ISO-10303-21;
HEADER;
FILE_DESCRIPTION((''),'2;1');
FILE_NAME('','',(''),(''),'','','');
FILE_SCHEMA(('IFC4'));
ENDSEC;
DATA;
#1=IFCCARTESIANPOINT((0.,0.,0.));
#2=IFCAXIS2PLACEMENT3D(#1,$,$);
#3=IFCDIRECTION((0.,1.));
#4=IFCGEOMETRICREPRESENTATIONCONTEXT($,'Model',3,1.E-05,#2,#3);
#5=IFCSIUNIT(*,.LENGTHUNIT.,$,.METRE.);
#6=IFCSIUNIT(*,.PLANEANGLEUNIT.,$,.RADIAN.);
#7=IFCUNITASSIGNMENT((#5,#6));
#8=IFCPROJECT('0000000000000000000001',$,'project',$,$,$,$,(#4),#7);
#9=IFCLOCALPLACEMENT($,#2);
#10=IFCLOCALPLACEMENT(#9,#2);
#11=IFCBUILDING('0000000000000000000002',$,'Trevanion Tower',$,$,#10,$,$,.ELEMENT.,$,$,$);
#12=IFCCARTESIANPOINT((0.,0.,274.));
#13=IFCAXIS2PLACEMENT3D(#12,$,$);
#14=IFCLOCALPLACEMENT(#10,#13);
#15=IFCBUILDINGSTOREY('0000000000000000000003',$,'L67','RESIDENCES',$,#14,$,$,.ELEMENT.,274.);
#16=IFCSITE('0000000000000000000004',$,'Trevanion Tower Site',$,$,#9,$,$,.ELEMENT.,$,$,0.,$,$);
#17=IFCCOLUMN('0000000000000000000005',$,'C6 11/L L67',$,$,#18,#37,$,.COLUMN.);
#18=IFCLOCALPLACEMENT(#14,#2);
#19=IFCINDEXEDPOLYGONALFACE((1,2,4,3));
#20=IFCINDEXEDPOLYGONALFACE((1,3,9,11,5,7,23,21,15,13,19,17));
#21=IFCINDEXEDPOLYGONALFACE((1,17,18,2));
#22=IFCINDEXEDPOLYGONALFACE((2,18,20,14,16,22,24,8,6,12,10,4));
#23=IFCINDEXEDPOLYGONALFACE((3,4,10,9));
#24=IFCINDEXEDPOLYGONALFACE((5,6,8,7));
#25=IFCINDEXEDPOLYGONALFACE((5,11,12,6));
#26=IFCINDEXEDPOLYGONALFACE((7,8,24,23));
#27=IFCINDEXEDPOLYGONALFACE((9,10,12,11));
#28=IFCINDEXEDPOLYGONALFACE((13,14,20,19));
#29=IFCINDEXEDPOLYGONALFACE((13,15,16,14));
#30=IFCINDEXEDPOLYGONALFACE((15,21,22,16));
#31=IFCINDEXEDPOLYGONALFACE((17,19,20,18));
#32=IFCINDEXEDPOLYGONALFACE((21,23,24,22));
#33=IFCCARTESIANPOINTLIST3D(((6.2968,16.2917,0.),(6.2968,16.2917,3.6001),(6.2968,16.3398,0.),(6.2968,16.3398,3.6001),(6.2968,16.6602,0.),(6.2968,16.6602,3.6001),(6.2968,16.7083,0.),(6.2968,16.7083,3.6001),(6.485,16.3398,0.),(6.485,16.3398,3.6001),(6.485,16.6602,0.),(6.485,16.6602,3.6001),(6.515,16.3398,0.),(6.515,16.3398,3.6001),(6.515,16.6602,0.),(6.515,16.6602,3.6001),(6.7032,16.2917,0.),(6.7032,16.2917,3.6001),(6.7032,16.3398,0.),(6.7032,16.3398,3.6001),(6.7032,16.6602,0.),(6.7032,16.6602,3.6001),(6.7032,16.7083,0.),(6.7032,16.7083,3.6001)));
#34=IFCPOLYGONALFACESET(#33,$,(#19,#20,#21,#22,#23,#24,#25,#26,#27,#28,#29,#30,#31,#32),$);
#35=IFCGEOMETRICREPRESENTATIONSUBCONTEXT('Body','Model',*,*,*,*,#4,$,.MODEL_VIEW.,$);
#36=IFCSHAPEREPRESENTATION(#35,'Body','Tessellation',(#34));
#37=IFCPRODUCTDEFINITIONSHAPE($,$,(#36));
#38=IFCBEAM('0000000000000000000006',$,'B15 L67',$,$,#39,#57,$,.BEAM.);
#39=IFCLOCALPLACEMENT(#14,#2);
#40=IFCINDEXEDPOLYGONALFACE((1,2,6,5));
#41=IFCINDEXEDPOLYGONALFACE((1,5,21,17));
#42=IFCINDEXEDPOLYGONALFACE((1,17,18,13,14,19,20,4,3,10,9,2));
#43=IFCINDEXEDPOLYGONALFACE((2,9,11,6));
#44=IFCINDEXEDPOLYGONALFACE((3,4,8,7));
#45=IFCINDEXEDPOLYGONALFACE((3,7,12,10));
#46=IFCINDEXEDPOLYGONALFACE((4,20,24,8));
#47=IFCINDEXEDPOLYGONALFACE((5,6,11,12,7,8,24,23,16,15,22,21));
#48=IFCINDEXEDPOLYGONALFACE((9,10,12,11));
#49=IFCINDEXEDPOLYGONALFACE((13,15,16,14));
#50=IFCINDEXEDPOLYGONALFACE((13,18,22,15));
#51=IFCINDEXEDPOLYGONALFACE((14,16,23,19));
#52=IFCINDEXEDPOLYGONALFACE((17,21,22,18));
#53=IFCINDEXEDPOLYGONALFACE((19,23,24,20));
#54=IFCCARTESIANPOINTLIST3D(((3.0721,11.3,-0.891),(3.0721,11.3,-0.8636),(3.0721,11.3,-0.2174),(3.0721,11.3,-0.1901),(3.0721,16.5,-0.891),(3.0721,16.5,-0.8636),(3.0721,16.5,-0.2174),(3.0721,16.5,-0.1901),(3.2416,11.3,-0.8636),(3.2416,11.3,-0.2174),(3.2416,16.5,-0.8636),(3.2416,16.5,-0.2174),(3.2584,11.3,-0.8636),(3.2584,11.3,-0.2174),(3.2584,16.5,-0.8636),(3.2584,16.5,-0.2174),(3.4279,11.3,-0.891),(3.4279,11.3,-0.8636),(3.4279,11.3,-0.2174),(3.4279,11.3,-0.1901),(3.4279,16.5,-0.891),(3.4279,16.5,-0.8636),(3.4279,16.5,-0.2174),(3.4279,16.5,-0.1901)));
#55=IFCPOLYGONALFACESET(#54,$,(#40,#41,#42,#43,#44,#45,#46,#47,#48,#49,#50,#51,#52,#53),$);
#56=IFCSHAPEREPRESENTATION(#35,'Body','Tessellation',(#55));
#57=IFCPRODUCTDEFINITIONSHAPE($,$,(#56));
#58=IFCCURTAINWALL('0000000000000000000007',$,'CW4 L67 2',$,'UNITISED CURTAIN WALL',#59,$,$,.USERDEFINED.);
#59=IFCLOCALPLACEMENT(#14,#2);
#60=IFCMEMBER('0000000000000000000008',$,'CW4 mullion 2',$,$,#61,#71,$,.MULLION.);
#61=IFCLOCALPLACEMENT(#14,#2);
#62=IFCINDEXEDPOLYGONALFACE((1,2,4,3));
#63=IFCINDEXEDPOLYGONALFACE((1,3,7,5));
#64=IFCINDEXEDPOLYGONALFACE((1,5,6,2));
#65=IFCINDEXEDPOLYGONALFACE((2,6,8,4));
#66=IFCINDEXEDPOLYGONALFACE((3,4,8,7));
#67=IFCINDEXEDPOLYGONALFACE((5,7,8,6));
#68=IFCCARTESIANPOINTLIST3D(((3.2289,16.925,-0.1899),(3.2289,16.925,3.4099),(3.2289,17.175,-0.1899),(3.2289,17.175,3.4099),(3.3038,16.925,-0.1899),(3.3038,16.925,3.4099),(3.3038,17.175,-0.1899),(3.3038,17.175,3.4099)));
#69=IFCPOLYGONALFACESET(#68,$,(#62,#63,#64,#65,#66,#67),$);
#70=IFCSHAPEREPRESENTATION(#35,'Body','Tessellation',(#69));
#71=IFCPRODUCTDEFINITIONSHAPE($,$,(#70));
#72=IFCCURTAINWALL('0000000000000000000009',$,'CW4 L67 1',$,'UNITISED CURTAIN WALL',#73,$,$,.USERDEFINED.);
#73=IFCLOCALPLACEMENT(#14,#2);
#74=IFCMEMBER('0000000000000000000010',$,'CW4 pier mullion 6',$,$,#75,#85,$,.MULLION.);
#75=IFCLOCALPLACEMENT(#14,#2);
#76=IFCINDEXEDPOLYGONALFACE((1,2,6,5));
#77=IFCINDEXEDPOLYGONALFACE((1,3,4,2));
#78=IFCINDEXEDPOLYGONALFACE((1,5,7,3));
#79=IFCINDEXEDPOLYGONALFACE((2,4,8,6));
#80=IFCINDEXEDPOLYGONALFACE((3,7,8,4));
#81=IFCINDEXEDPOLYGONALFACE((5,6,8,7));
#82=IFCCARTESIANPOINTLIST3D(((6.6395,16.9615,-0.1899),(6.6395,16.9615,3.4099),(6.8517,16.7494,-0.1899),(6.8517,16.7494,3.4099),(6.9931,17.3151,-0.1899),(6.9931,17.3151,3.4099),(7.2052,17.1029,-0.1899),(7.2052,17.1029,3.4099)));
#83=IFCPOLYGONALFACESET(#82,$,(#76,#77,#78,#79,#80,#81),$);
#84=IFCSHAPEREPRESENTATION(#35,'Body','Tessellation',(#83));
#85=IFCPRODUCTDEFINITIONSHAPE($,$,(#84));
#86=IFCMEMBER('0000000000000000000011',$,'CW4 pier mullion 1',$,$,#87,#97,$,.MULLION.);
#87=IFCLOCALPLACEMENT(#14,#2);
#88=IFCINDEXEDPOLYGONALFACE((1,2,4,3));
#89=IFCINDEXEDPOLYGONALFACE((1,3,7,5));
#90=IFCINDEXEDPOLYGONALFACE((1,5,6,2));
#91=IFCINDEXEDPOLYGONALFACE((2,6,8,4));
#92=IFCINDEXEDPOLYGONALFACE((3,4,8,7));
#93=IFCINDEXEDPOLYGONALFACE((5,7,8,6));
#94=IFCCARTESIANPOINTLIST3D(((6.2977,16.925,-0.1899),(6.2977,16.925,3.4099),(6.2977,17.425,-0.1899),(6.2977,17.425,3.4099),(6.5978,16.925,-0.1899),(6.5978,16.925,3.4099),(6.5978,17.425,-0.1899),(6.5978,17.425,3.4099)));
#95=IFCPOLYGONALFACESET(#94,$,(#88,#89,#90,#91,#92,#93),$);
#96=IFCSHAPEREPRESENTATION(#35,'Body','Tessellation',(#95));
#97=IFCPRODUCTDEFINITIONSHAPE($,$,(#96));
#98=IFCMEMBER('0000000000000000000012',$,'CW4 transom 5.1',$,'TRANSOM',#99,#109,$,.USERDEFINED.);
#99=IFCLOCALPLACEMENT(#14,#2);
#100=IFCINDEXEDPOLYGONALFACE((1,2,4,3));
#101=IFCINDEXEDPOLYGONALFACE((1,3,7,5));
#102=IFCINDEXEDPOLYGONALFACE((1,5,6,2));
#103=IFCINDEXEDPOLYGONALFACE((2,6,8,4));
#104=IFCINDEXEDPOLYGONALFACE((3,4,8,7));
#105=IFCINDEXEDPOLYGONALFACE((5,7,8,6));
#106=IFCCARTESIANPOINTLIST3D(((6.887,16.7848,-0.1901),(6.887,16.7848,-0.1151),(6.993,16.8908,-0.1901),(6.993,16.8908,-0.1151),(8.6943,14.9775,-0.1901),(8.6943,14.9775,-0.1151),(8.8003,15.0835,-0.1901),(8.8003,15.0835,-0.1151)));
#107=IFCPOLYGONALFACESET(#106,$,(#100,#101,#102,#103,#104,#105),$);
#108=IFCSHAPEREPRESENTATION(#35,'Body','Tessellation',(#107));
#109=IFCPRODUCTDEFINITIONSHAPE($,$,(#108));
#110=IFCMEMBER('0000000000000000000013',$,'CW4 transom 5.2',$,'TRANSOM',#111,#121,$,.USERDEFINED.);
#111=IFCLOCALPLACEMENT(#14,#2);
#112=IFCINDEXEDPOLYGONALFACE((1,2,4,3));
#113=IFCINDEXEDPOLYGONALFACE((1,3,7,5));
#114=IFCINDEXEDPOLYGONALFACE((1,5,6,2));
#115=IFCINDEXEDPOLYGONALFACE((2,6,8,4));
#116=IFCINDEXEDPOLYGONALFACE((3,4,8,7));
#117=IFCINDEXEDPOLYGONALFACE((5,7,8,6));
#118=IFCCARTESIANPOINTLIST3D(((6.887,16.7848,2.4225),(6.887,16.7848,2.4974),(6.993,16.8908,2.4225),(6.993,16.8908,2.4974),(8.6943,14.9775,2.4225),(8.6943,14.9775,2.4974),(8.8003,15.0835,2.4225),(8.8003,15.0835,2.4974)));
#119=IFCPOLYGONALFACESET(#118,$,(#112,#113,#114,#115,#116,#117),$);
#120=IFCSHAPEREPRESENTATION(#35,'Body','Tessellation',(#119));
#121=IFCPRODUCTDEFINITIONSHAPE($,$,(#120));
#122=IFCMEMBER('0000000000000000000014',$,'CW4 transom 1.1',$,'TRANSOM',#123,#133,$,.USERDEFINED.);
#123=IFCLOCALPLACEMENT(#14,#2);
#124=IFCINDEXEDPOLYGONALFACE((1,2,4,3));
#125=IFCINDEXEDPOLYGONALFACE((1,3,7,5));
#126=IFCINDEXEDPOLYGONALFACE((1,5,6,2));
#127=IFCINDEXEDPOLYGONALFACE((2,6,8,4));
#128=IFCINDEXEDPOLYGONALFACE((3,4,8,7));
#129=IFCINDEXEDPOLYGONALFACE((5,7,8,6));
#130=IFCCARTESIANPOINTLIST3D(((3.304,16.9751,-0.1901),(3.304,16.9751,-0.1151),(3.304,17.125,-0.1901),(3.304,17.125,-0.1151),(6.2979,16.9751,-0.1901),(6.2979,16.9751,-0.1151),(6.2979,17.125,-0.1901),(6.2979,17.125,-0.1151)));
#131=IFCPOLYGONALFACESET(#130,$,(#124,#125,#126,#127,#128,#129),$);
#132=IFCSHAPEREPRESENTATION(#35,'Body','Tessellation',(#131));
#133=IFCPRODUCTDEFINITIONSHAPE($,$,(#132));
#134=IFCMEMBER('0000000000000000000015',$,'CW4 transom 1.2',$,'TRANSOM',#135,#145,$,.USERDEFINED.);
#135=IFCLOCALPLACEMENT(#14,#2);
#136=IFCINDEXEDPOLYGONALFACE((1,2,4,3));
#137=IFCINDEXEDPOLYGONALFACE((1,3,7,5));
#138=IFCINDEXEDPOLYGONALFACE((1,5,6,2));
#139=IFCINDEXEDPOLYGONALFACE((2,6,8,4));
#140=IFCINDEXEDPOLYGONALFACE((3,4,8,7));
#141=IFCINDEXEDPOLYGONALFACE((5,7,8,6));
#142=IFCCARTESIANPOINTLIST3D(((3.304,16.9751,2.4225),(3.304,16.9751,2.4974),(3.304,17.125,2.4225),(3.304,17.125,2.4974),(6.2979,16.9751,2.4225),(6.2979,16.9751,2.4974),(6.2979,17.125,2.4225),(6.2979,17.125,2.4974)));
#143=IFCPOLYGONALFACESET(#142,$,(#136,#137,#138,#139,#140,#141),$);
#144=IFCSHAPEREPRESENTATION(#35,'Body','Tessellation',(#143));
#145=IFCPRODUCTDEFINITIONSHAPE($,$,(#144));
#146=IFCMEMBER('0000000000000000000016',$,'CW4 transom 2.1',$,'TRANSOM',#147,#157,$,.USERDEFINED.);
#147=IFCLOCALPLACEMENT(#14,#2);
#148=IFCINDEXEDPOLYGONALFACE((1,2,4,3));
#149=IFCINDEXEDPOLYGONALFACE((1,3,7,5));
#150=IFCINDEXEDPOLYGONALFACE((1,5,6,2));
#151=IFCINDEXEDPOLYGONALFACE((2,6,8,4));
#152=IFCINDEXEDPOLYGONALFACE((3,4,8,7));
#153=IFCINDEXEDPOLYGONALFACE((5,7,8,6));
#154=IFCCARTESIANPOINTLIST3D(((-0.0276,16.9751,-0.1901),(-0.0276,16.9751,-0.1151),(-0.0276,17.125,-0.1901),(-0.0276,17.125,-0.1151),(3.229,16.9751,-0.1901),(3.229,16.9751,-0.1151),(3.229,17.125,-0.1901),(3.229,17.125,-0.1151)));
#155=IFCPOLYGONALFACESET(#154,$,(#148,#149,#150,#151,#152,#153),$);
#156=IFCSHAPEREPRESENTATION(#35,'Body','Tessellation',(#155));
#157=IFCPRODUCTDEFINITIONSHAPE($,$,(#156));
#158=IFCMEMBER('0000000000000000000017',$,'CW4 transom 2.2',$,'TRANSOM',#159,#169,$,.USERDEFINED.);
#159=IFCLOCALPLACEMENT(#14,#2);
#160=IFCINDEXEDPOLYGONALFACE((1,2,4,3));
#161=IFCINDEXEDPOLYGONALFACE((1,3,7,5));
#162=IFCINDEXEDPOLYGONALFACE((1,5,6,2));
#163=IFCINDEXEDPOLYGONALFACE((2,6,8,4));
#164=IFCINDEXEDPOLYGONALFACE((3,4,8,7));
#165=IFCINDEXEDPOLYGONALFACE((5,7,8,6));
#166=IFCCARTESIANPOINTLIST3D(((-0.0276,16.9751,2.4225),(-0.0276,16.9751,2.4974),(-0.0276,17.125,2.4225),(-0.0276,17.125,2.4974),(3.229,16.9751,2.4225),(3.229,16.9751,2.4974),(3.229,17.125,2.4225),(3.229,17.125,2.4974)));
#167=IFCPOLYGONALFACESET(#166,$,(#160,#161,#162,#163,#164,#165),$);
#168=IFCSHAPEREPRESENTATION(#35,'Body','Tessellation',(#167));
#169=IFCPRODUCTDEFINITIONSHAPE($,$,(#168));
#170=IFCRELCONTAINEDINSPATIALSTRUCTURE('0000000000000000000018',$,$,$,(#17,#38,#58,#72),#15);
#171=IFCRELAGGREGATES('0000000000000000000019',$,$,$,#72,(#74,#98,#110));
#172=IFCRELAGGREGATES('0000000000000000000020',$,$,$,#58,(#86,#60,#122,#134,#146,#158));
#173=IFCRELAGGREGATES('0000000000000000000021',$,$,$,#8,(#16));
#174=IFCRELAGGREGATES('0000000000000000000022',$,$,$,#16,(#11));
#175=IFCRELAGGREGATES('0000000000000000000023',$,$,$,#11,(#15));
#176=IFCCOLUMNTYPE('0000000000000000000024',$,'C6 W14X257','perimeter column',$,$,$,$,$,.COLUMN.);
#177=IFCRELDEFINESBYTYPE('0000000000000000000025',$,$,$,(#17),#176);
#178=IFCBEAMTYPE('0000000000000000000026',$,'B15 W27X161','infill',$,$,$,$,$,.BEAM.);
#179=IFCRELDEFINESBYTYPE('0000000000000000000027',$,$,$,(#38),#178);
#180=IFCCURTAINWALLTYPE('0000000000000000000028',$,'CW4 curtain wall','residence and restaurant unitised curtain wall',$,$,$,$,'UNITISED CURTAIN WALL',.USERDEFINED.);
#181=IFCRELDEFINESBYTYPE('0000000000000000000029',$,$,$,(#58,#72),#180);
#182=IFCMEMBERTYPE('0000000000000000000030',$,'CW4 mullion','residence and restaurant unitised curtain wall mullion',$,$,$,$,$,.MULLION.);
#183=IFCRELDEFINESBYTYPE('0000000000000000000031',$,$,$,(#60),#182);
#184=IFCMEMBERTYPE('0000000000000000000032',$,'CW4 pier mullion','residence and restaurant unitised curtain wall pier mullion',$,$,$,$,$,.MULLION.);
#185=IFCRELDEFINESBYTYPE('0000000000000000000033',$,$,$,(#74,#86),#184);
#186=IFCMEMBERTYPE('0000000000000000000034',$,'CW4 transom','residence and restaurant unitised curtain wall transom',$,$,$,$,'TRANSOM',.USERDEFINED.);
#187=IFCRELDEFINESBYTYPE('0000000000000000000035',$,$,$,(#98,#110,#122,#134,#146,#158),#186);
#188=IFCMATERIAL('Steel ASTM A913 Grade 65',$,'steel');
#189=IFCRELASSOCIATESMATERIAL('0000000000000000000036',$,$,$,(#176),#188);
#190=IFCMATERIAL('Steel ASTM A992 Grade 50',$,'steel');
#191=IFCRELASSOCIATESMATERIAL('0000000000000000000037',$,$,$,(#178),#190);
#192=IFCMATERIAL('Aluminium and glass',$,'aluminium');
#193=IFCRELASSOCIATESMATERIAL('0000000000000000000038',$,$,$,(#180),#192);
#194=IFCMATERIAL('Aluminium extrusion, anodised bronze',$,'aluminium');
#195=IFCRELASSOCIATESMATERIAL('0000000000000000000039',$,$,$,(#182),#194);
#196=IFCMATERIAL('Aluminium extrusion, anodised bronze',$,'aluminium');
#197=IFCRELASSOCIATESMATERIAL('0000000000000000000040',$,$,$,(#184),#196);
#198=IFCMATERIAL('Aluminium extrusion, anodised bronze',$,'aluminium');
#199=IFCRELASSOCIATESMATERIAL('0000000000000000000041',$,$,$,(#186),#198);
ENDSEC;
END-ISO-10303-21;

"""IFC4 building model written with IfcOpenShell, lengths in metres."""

from ifc_helpers import new_model, si_unit, direction, frame, origin, origin_2d, place, context, subcontext, project, spatial, rectangle, i_section, extrude, material, material_profile, profile_set, type_object, element, aggregate, save


model = new_model("IFC4")

# Units and contexts
model_context = context("Model", 3, precision=1e-05, world=origin(), true_north=direction((0.0, 1.0)))
body_context = subcontext(model_context, "Body", "Model", "MODEL_VIEW")
ifc_project = project(units=[si_unit("LENGTHUNIT", "METRE"), si_unit("PLANEANGLEUNIT", "RADIAN")], contexts=[model_context])

# Site, building, storey
site_placement = place(None, origin())
site = spatial("IfcSite", under=ifc_project, at=site_placement, Name="Trevanion Tower Site", CompositionType="ELEMENT", RefElevation=0.0)
building_placement = place(site_placement, origin())
building = spatial("IfcBuilding", under=site, at=building_placement, Name="Trevanion Tower", CompositionType="ELEMENT")
storey_placement = place(building_placement, frame((0.0, 0.0, 274.0)))
storey = spatial("IfcBuildingStorey", under=building, at=storey_placement, Name="L67", Description="RESIDENCES", CompositionType="ELEMENT", Elevation=274.0)

# Column
ifc_material_1 = material(Name="Steel ASTM A913 Grade 65", Category="steel")
ifc_material_profile_1 = material_profile(ifc_material_1, i_section(OverallWidth=0.4065, OverallDepth=0.4165, WebThickness=0.03, FlangeThickness=0.0481, at=origin_2d()), Name="W14X257")
ifc_profile_set_1 = profile_set([ifc_material_profile_1], Name="Steel ASTM A913 Grade 65")
column_type = type_object("IfcColumnType", Name="C6 W14X257", Description="perimeter column", PredefinedType="COLUMN", material=ifc_profile_set_1)
column_placement = place(storey_placement, frame((6.5, 16.5, 0.0), z_axis=(0.0, 0.0, 1.0), x_axis=(1.0, 0.0, 0.0)))
element("IfcColumn", 1, at=column_placement, inside=storey, type_object=column_type, Name="C6 11/L L67", PredefinedType="COLUMN", context=body_context, shape_type="SweptSolid", body=[
    extrude(i_section(OverallWidth=0.4065, OverallDepth=0.4165, WebThickness=0.03, FlangeThickness=0.0481, at=origin_2d()), origin(), (0.0, 0.0, 1.0), 3.6001),
])

# Beam
ifc_material_2 = material(Name="Steel ASTM A992 Grade 50", Category="steel")
ifc_material_profile_2 = material_profile(ifc_material_2, i_section(OverallWidth=0.3557, OverallDepth=0.7009, WebThickness=0.0168, FlangeThickness=0.0273, at=origin_2d()), Name="W27X161")
ifc_profile_set_2 = profile_set([ifc_material_profile_2], Name="Steel ASTM A992 Grade 50")
beam_type_1 = type_object("IfcBeamType", Name="B15 W27X161", Description="infill", PredefinedType="BEAM", material=ifc_profile_set_2)
beam_1_placement = place(storey_placement, frame((3.25, 11.3, -0.5405), z_axis=(0.0, 1.0, 0.0), x_axis=(-1.0, 0.0, 0.0)))
element("IfcBeam", 2, at=beam_1_placement, inside=storey, type_object=beam_type_1, Name="B15 L67", PredefinedType="BEAM", context=body_context, shape_type="SweptSolid", body=[
    extrude(i_section(OverallWidth=0.3557, OverallDepth=0.7009, WebThickness=0.0168, FlangeThickness=0.0273, at=origin_2d()), origin(), (0.0, 0.0, 1.0), 5.2),
])

# Curtain walls, members
ifc_material_3 = material(Name="Aluminium and glass", Category="aluminium")
curtain_wall_type = type_object("IfcCurtainWallType", Name="CW4 curtain wall", Description="residence and restaurant unitised curtain wall", ElementType="UNITISED CURTAIN WALL", PredefinedType="USERDEFINED", material=ifc_material_3)
curtain_wall_1_placement = place(storey_placement, origin())
curtain_wall_1 = element("IfcCurtainWall", 3, at=curtain_wall_1_placement, inside=storey, type_object=curtain_wall_type, Name="CW4 L67 2", ObjectType="UNITISED CURTAIN WALL", PredefinedType="USERDEFINED")
ifc_material_4 = material(Name="Aluminium extrusion, anodised bronze", Category="aluminium")
ifc_material_profile_3 = material_profile(ifc_material_4, rectangle(XDim=0.075, YDim=0.25, at=origin_2d()), Name="CW4 mullion")
ifc_profile_set_3 = profile_set([ifc_material_profile_3], Name="Aluminium extrusion, anodised bronze")
member_type_1 = type_object("IfcMemberType", Name="CW4 mullion", Description="residence and restaurant unitised curtain wall mullion", PredefinedType="MULLION", material=ifc_profile_set_3)
member_1_placement = place(storey_placement, frame((3.2664, 17.05, -0.1899), z_axis=(0.0, 0.0, 1.0), x_axis=(-1.0, 0.0, 0.0)))
member_1 = element("IfcMember", 4, at=member_1_placement, type_object=member_type_1, Name="CW4 mullion 2", PredefinedType="MULLION", context=body_context, shape_type="SweptSolid", body=[
    extrude(rectangle(XDim=0.075, YDim=0.25, at=origin_2d()), origin(), (0.0, 0.0, 1.0), 3.5999),
])
curtain_wall_2_placement = place(storey_placement, origin())
curtain_wall_2 = element("IfcCurtainWall", 5, at=curtain_wall_2_placement, inside=storey, type_object=curtain_wall_type, Name="CW4 L67 1", ObjectType="UNITISED CURTAIN WALL", PredefinedType="USERDEFINED")
ifc_material_5 = material(Name="Aluminium extrusion, anodised bronze", Category="aluminium")
ifc_material_profile_4 = material_profile(ifc_material_5, rectangle(XDim=0.3, YDim=0.5, at=origin_2d()), Name="CW4 pier mullion")
ifc_profile_set_4 = profile_set([ifc_material_profile_4], Name="Aluminium extrusion, anodised bronze")
member_type_2 = type_object("IfcMemberType", Name="CW4 pier mullion", Description="residence and restaurant unitised curtain wall pier mullion", PredefinedType="MULLION", material=ifc_profile_set_4)
member_2_placement = place(storey_placement, frame((6.9224, 17.0322, -0.1899), z_axis=(0.0, 0.0, 1.0), x_axis=(-0.707107, 0.707107, 0.0)))
member_2 = element("IfcMember", 6, at=member_2_placement, type_object=member_type_2, Name="CW4 pier mullion 6", PredefinedType="MULLION", context=body_context, shape_type="SweptSolid", body=[
    extrude(rectangle(XDim=0.3, YDim=0.5, at=origin_2d()), origin(), (0.0, 0.0, 1.0), 3.5999),
])

# Members
member_3_placement = place(storey_placement, frame((6.4478, 17.175, -0.1899), z_axis=(0.0, 0.0, 1.0), x_axis=(-1.0, 0.0, 0.0)))
member_3 = element("IfcMember", 7, at=member_3_placement, type_object=member_type_2, Name="CW4 pier mullion 1", PredefinedType="MULLION", context=body_context, shape_type="SweptSolid", body=[
    extrude(rectangle(XDim=0.3, YDim=0.5, at=origin_2d()), origin(), (0.0, 0.0, 1.0), 3.5999),
])
ifc_material_6 = material(Name="Aluminium extrusion, anodised bronze", Category="aluminium")
ifc_material_profile_5 = material_profile(ifc_material_6, rectangle(XDim=0.1499, YDim=0.075, at=origin_2d()), Name="CW4 transom")
ifc_profile_set_5 = profile_set([ifc_material_profile_5], Name="Aluminium extrusion, anodised bronze")
member_type_3 = type_object("IfcMemberType", Name="CW4 transom", Description="residence and restaurant unitised curtain wall transom", ElementType="TRANSOM", PredefinedType="USERDEFINED", material=ifc_profile_set_5)
member_4_placement = place(storey_placement, frame((8.7473, 15.0305, -0.1526), z_axis=(-0.707107, 0.707107, 0.0), x_axis=(-0.707107, -0.707107, 0.0)))
member_4 = element("IfcMember", 8, at=member_4_placement, type_object=member_type_3, Name="CW4 transom 5.1", ObjectType="TRANSOM", PredefinedType="USERDEFINED", context=body_context, shape_type="SweptSolid", body=[
    extrude(rectangle(XDim=0.1499, YDim=0.075, at=origin_2d()), origin(), (0.0, 0.0, 1.0), 2.5559),
])
member_5_placement = place(storey_placement, frame((8.7473, 15.0305, 2.46), z_axis=(-0.707107, 0.707107, 0.0), x_axis=(-0.707107, -0.707107, 0.0)))
member_5 = element("IfcMember", 9, at=member_5_placement, type_object=member_type_3, Name="CW4 transom 5.2", ObjectType="TRANSOM", PredefinedType="USERDEFINED", context=body_context, shape_type="SweptSolid", body=[
    extrude(rectangle(XDim=0.1499, YDim=0.075, at=origin_2d()), origin(), (0.0, 0.0, 1.0), 2.5559),
])
member_6_placement = place(storey_placement, frame((6.2979, 17.05, -0.1526), z_axis=(-1.0, 0.0, 0.0), x_axis=(0.0, -1.0, 0.0)))
member_6 = element("IfcMember", 10, at=member_6_placement, type_object=member_type_3, Name="CW4 transom 1.1", ObjectType="TRANSOM", PredefinedType="USERDEFINED", context=body_context, shape_type="SweptSolid", body=[
    extrude(rectangle(XDim=0.1499, YDim=0.075, at=origin_2d()), origin(), (0.0, 0.0, 1.0), 2.9939),
])
member_7_placement = place(storey_placement, frame((6.2979, 17.05, 2.46), z_axis=(-1.0, 0.0, 0.0), x_axis=(0.0, -1.0, 0.0)))
member_7 = element("IfcMember", 11, at=member_7_placement, type_object=member_type_3, Name="CW4 transom 1.2", ObjectType="TRANSOM", PredefinedType="USERDEFINED", context=body_context, shape_type="SweptSolid", body=[
    extrude(rectangle(XDim=0.1499, YDim=0.075, at=origin_2d()), origin(), (0.0, 0.0, 1.0), 2.9939),
])
member_8_placement = place(storey_placement, frame((3.229, 17.05, -0.1526), z_axis=(-1.0, 0.0, 0.0), x_axis=(0.0, -1.0, 0.0)))
member_8 = element("IfcMember", 12, at=member_8_placement, type_object=member_type_3, Name="CW4 transom 2.1", ObjectType="TRANSOM", PredefinedType="USERDEFINED", context=body_context, shape_type="SweptSolid", body=[
    extrude(rectangle(XDim=0.1499, YDim=0.075, at=origin_2d()), origin(), (0.0, 0.0, 1.0), 3.2566),
])
member_9_placement = place(storey_placement, frame((3.229, 17.05, 2.46), z_axis=(-1.0, 0.0, 0.0), x_axis=(0.0, -1.0, 0.0)))
member_9 = element("IfcMember", 13, at=member_9_placement, type_object=member_type_3, Name="CW4 transom 2.2", ObjectType="TRANSOM", PredefinedType="USERDEFINED", context=body_context, shape_type="SweptSolid", body=[
    extrude(rectangle(XDim=0.1499, YDim=0.075, at=origin_2d()), origin(), (0.0, 0.0, 1.0), 3.2566),
])

aggregate(curtain_wall_2, [member_2, member_4, member_5])
aggregate(curtain_wall_1, [member_3, member_1, member_6, member_7, member_8, member_9])

save(model, "model.ifc")
